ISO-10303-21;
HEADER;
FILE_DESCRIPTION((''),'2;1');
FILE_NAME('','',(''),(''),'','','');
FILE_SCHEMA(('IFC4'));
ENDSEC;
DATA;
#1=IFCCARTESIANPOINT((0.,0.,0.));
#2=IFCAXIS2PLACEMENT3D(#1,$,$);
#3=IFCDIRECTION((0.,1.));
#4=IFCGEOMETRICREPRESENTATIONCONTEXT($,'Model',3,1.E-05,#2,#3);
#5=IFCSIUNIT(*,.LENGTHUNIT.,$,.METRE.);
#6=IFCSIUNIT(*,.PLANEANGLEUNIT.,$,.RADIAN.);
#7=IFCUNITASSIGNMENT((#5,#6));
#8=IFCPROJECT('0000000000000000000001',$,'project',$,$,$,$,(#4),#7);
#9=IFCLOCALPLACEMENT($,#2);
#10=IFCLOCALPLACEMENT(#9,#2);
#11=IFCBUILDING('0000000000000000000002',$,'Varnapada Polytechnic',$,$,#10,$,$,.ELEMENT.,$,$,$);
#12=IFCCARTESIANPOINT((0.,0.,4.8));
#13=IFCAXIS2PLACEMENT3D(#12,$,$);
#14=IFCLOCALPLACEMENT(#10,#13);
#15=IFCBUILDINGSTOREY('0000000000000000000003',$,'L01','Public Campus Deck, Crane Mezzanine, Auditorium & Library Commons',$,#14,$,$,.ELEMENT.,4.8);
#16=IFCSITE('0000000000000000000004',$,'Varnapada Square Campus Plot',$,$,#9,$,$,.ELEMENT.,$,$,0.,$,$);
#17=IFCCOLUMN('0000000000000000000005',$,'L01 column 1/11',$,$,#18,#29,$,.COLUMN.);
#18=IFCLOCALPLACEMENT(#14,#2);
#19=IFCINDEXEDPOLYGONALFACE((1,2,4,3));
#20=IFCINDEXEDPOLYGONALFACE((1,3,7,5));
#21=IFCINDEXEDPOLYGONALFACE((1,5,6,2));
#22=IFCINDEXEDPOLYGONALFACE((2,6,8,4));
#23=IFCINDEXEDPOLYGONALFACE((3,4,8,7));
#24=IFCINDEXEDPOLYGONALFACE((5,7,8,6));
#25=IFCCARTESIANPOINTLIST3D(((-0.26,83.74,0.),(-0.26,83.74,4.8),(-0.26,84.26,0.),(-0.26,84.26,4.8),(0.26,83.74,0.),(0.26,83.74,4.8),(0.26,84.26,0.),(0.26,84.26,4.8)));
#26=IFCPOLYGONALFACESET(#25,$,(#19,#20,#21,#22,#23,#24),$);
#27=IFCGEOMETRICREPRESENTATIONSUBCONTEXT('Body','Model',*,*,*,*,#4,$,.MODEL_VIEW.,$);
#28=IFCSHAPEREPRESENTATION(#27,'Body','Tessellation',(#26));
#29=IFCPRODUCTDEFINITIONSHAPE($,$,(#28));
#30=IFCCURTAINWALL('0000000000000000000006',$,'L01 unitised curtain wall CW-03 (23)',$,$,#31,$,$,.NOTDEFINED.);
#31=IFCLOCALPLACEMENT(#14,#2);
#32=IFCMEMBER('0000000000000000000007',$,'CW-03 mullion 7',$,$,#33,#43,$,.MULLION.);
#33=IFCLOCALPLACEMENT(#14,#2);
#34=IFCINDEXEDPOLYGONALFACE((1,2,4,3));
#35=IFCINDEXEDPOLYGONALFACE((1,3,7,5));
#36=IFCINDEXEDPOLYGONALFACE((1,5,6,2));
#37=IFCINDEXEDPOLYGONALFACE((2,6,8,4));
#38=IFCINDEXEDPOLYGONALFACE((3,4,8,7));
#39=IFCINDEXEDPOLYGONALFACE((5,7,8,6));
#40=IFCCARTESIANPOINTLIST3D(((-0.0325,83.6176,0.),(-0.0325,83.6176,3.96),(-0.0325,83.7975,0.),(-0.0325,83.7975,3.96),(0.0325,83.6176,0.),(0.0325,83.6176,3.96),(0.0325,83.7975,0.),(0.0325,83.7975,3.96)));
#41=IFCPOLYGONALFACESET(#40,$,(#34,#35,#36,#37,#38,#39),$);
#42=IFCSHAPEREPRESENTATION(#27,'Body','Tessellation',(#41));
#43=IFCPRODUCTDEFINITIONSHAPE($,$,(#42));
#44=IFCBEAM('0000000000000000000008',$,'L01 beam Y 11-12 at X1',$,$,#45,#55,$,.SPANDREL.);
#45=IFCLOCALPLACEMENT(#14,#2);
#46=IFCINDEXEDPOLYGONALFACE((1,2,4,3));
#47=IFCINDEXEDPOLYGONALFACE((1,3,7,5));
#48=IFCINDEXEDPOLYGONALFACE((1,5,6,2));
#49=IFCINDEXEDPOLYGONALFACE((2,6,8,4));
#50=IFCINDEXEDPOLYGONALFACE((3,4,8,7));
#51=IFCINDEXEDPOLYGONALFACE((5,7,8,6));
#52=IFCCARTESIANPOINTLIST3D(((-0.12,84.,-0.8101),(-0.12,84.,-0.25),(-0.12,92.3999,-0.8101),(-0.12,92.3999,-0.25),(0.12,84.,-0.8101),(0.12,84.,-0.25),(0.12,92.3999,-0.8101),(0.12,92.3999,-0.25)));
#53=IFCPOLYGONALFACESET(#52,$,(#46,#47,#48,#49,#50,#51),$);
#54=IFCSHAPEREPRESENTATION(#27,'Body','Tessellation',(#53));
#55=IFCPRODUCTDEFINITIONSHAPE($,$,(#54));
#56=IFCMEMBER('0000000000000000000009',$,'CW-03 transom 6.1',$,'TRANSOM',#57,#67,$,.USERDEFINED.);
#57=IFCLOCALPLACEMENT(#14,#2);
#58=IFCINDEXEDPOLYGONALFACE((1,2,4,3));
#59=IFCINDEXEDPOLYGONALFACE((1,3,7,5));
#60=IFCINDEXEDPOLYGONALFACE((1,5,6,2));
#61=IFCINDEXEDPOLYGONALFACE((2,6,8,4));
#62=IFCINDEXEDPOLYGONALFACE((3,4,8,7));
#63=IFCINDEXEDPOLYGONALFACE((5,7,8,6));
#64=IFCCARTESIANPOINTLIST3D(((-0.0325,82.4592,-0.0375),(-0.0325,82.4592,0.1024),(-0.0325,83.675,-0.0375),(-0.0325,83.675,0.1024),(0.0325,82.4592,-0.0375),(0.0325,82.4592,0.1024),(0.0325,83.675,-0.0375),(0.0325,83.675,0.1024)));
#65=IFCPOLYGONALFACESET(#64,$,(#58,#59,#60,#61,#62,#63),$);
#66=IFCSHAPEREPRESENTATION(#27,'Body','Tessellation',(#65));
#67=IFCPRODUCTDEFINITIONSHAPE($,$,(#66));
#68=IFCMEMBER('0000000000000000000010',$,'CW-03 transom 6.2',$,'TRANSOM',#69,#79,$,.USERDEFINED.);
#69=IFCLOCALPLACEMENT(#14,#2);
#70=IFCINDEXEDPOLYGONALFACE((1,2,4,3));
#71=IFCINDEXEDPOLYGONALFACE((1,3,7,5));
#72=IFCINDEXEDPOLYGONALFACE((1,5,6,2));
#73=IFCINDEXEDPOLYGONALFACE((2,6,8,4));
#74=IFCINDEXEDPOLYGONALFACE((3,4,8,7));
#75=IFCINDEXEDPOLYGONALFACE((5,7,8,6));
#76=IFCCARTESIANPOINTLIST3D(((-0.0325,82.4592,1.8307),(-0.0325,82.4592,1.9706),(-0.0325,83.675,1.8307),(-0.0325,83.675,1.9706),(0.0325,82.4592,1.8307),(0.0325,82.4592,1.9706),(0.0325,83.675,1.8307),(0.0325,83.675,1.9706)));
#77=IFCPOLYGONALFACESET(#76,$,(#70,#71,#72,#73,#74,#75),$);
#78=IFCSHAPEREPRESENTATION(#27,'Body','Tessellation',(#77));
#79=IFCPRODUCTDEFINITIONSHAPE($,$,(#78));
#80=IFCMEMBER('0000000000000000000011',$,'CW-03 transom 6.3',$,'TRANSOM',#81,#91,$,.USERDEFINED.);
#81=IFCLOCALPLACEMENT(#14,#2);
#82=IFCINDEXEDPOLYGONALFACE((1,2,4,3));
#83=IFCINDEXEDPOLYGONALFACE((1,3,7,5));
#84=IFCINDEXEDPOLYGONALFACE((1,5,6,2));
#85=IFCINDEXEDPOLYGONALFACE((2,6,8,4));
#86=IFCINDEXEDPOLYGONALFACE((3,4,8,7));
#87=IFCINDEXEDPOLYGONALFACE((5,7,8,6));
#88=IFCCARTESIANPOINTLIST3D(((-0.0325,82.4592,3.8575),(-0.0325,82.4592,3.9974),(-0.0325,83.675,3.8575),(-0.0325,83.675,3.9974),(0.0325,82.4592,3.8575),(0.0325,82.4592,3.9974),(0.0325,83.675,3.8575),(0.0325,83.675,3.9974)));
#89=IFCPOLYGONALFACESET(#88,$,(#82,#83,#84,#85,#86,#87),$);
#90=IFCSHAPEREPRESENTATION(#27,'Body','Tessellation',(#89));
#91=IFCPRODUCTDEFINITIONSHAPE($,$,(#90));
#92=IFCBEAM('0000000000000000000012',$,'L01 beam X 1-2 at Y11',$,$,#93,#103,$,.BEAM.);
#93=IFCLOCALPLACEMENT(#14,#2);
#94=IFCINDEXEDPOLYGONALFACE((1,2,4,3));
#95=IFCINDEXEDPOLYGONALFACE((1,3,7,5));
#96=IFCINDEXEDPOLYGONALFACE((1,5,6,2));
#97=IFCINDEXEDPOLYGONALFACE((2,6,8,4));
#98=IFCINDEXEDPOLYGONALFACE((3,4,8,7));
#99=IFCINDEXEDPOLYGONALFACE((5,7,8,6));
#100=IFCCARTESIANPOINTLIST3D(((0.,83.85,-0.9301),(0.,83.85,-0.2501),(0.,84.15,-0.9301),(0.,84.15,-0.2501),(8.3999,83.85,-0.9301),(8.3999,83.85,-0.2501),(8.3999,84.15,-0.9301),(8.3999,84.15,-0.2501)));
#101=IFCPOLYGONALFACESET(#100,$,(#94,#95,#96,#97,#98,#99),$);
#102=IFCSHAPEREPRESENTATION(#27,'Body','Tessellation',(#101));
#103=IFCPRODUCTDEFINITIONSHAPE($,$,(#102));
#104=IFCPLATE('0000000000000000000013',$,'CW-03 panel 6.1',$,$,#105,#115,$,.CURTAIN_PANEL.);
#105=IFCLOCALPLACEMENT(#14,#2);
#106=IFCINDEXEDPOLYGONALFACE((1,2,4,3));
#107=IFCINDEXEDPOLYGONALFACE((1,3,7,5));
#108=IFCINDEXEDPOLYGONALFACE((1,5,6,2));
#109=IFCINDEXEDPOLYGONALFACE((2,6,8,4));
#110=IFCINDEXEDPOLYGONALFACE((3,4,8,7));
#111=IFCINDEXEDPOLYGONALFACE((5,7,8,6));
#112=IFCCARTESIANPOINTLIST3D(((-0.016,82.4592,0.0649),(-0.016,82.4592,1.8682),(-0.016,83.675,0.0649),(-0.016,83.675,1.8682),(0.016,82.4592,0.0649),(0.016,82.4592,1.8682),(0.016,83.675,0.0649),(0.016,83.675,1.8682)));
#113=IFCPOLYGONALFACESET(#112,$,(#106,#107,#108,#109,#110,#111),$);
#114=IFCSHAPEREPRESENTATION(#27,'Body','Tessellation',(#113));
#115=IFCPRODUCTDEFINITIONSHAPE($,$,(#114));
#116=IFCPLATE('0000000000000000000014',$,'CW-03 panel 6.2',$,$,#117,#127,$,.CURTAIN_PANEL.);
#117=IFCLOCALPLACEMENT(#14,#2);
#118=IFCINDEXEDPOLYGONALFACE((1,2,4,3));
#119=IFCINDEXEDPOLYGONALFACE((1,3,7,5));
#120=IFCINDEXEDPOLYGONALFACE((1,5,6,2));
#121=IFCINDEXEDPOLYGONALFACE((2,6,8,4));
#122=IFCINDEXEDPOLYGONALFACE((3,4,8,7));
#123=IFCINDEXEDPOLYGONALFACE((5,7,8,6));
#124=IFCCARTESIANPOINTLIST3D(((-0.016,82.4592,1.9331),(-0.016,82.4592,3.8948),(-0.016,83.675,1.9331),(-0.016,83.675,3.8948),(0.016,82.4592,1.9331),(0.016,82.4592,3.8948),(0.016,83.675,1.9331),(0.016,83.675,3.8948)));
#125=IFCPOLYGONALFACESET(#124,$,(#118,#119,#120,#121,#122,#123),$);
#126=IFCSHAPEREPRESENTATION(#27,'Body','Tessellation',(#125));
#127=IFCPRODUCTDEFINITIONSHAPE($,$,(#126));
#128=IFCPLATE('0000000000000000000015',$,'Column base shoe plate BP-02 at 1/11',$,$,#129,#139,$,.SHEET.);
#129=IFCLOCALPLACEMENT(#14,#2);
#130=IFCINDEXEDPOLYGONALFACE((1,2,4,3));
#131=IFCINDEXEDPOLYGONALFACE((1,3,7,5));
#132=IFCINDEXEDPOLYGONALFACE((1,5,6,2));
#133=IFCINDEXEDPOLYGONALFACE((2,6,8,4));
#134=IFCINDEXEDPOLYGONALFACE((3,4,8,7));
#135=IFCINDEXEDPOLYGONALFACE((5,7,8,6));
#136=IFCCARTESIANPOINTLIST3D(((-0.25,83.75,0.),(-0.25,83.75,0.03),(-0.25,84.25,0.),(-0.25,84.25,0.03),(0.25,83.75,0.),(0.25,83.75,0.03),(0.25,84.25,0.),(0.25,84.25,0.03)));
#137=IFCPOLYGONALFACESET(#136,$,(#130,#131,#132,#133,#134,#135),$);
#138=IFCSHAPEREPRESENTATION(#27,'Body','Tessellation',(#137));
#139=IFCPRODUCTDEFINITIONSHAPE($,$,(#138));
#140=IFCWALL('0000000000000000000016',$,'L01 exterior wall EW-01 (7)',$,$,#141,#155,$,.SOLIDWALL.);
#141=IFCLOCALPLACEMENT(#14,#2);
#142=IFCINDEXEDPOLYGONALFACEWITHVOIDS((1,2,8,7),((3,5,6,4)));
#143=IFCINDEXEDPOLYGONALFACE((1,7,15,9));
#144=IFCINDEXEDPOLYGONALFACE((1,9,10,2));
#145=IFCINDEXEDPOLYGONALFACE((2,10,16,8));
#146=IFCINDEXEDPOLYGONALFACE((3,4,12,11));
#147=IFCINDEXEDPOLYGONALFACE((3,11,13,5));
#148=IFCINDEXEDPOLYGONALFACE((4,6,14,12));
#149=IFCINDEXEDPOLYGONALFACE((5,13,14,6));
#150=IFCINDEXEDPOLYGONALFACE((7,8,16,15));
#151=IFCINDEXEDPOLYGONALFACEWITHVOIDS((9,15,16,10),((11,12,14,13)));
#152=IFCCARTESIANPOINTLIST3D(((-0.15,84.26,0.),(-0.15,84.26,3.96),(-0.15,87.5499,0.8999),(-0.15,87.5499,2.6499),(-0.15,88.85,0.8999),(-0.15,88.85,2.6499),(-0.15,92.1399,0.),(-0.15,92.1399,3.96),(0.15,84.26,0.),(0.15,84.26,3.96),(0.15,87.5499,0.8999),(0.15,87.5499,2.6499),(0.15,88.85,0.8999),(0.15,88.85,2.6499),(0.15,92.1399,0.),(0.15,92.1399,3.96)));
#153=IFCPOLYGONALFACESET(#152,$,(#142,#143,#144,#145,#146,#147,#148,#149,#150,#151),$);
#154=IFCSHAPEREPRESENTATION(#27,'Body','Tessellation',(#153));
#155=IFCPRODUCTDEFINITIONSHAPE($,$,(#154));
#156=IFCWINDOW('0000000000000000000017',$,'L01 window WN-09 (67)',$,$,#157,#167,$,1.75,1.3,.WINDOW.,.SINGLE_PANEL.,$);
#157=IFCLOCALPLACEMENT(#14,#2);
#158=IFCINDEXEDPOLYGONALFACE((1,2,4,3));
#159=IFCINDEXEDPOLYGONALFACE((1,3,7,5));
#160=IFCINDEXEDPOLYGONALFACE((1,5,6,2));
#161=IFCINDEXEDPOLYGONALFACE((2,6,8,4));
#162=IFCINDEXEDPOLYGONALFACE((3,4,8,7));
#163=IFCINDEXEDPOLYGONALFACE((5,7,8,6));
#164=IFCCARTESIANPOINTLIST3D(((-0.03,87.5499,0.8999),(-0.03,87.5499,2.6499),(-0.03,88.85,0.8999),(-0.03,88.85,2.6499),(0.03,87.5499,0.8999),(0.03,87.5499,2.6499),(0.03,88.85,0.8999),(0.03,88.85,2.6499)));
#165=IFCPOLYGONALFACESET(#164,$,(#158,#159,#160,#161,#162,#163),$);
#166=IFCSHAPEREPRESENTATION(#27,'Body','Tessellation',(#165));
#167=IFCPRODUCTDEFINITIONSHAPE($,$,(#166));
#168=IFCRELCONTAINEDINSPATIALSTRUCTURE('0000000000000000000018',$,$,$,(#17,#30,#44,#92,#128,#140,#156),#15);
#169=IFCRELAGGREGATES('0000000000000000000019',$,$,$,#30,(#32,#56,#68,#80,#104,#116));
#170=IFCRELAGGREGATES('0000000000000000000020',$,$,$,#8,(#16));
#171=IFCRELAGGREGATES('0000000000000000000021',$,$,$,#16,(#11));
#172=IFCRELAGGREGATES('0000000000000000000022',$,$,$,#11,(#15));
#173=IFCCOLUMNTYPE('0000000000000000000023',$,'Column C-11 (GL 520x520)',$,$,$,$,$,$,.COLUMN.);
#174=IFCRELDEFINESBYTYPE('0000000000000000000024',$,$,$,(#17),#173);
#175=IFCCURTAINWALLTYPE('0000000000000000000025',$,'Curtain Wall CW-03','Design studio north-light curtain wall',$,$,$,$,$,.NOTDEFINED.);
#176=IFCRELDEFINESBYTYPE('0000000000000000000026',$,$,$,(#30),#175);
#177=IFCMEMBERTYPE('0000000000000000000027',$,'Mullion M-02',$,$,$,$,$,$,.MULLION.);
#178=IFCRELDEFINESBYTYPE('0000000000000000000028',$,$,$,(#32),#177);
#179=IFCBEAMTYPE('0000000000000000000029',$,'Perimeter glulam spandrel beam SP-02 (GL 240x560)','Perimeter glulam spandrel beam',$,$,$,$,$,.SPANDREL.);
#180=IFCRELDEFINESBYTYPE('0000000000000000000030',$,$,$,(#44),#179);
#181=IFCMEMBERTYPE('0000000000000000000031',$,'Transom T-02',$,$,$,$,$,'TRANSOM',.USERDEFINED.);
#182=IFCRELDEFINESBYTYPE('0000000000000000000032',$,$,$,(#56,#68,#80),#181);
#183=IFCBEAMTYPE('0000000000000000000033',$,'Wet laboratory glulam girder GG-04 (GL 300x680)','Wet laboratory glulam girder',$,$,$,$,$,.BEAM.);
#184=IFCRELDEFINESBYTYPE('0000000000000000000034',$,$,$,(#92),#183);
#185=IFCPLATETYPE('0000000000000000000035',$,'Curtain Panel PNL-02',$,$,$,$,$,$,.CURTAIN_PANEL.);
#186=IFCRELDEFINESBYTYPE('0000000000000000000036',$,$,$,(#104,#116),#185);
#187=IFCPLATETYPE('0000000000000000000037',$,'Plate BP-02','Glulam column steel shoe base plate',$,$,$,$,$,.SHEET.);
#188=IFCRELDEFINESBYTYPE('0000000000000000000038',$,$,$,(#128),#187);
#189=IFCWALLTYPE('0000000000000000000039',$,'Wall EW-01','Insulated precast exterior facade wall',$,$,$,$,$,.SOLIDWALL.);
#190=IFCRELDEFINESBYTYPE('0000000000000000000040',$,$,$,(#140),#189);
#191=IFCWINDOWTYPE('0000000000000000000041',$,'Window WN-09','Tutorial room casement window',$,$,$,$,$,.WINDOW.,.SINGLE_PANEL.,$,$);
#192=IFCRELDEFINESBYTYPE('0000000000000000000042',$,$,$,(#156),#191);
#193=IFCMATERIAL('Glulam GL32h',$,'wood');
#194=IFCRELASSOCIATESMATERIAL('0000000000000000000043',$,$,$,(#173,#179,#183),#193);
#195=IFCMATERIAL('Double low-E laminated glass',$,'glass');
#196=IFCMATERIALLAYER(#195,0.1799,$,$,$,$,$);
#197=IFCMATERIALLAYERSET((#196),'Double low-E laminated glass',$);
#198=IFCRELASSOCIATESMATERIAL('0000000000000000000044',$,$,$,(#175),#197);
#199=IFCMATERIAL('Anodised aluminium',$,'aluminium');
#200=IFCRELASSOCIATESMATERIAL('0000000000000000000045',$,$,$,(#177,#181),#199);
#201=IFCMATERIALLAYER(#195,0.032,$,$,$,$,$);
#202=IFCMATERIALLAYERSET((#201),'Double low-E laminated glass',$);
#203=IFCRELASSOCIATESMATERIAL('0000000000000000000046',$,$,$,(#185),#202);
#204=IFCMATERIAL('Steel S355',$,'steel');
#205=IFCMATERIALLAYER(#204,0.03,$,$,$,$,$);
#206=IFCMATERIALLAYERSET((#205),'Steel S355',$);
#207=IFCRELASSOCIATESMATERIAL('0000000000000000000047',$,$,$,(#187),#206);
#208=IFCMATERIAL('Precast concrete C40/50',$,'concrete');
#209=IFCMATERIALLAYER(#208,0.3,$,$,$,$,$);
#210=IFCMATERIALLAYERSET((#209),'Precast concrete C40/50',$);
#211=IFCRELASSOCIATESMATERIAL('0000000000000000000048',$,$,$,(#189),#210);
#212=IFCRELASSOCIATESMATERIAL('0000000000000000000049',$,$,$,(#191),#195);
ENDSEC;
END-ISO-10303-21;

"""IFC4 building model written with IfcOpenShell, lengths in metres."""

from ifc_helpers import new_model, si_unit, direction, frame, frame_2d, origin, origin_2d, place, context, subcontext, project, spatial, rectangle, extrude, material, layer, layer_set, material_profile, profile_set, type_object, element, fill, aggregate, save


model = new_model("IFC4")

# Units and contexts
model_context = context("Model", 3, precision=1e-05, world=origin(), true_north=direction((0.0, 1.0)))
body_context = subcontext(model_context, "Body", "Model", "MODEL_VIEW")
ifc_project = project(units=[si_unit("LENGTHUNIT", "METRE"), si_unit("PLANEANGLEUNIT", "RADIAN")], contexts=[model_context])

# Site, building, storey
site_placement = place(None, origin())
site = spatial("IfcSite", under=ifc_project, at=site_placement, Name="Varnapada Square Campus Plot", CompositionType="ELEMENT", RefElevation=0.0)
building_placement = place(site_placement, origin())
building = spatial("IfcBuilding", under=site, at=building_placement, Name="Varnapada Polytechnic", CompositionType="ELEMENT")
storey_placement = place(building_placement, frame((0.0, 0.0, 4.8)))
storey = spatial("IfcBuildingStorey", under=building, at=storey_placement, Name="L01", Description="Public Campus Deck, Crane Mezzanine, Auditorium & Library Commons", CompositionType="ELEMENT", Elevation=4.8)

# Column
ifc_material_1 = material(Name="Glulam GL32h", Category="wood")
ifc_material_profile_1 = material_profile(ifc_material_1, rectangle(XDim=0.52, YDim=0.52, at=origin_2d()), Name="GL 520x520")
ifc_profile_set_1 = profile_set([ifc_material_profile_1], Name="Glulam GL32h")
column_type = type_object("IfcColumnType", Name="Column C-11 (GL 520x520)", PredefinedType="COLUMN", material=ifc_profile_set_1)
column_placement = place(storey_placement, frame((0.0, 84.0, 0.0), z_axis=(0.0, 0.0, 1.0), x_axis=(1.0, 0.0, 0.0)))
element("IfcColumn", 1, at=column_placement, inside=storey, type_object=column_type, Name="L01 column 1/11", PredefinedType="COLUMN", context=body_context, shape_type="SweptSolid", body=[
    extrude(rectangle(XDim=0.52, YDim=0.52, at=origin_2d()), origin(), (0.0, 0.0, 1.0), 4.8),
])

# Curtain wall, member
ifc_material_2 = material(Name="Double low-E laminated glass", Category="glass")
ifc_layer_1 = layer(ifc_material_2, 0.1799)
ifc_layer_set_1 = layer_set([ifc_layer_1], Name="Double low-E laminated glass")
curtain_wall_type = type_object("IfcCurtainWallType", Name="Curtain Wall CW-03", Description="Design studio north-light curtain wall", PredefinedType="NOTDEFINED", material=ifc_layer_set_1)
curtain_wall_placement = place(storey_placement, origin())
curtain_wall = element("IfcCurtainWall", 2, at=curtain_wall_placement, inside=storey, type_object=curtain_wall_type, Name="L01 unitised curtain wall CW-03 (23)", PredefinedType="NOTDEFINED")
ifc_material_3 = material(Name="Anodised aluminium", Category="aluminium")
ifc_material_profile_2 = material_profile(ifc_material_3, rectangle(XDim=0.0649, YDim=0.1799, at=origin_2d()), Name="ALU M65x180")
ifc_profile_set_2 = profile_set([ifc_material_profile_2], Name="Anodised aluminium")
member_type_1 = type_object("IfcMemberType", Name="Mullion M-02", PredefinedType="MULLION", material=ifc_profile_set_2)
member_1_placement = place(storey_placement, frame((0.0, 83.7075, 0.0), z_axis=(0.0, 0.0, 1.0), x_axis=(-1.0, 0.0, 0.0)))
member_1 = element("IfcMember", 3, at=member_1_placement, type_object=member_type_1, Name="CW-03 mullion 7", PredefinedType="MULLION", context=body_context, shape_type="SweptSolid", body=[
    extrude(rectangle(XDim=0.0649, YDim=0.1799, at=origin_2d()), origin(), (0.0, 0.0, 1.0), 3.96),
])

# Beam
ifc_material_profile_3 = material_profile(ifc_material_1, rectangle(XDim=0.24, YDim=0.5601, at=origin_2d()), Name="GL 240x560")
ifc_profile_set_3 = profile_set([ifc_material_profile_3], Name="Glulam GL32h")
beam_type_1 = type_object("IfcBeamType", Name="Perimeter glulam spandrel beam SP-02 (GL 240x560)", Description="Perimeter glulam spandrel beam", PredefinedType="SPANDREL", material=ifc_profile_set_3)
beam_1_placement = place(storey_placement, frame((0.0, 84.0, -0.53), z_axis=(0.0, 1.0, 0.0), x_axis=(-1.0, 0.0, 0.0)))
element("IfcBeam", 4, at=beam_1_placement, inside=storey, type_object=beam_type_1, Name="L01 beam Y 11-12 at X1", PredefinedType="SPANDREL", context=body_context, shape_type="SweptSolid", body=[
    extrude(rectangle(XDim=0.24, YDim=0.5601, at=origin_2d()), origin(), (0.0, 0.0, 1.0), 8.3999),
])

# Members
ifc_material_profile_4 = material_profile(ifc_material_3, rectangle(XDim=0.0649, YDim=0.1399, at=origin_2d()), Name="ALU T65x140")
ifc_profile_set_4 = profile_set([ifc_material_profile_4], Name="Anodised aluminium")
member_type_2 = type_object("IfcMemberType", Name="Transom T-02", ElementType="TRANSOM", PredefinedType="USERDEFINED", material=ifc_profile_set_4)
member_2_placement = place(storey_placement, frame((0.0, 82.4592, 0.0325), z_axis=(0.0, 1.0, 0.0), x_axis=(-1.0, 0.0, 0.0)))
member_2 = element("IfcMember", 5, at=member_2_placement, type_object=member_type_2, Name="CW-03 transom 6.1", ObjectType="TRANSOM", PredefinedType="USERDEFINED", context=body_context, shape_type="SweptSolid", body=[
    extrude(rectangle(XDim=0.0649, YDim=0.1399, at=origin_2d()), origin(), (0.0, 0.0, 1.0), 1.2158),
])
member_3_placement = place(storey_placement, frame((0.0, 82.4592, 1.9006), z_axis=(0.0, 1.0, 0.0), x_axis=(-1.0, 0.0, 0.0)))
member_3 = element("IfcMember", 6, at=member_3_placement, type_object=member_type_2, Name="CW-03 transom 6.2", ObjectType="TRANSOM", PredefinedType="USERDEFINED", context=body_context, shape_type="SweptSolid", body=[
    extrude(rectangle(XDim=0.0649, YDim=0.1399, at=origin_2d()), origin(), (0.0, 0.0, 1.0), 1.2158),
])
member_4_placement = place(storey_placement, frame((0.0, 82.4592, 3.9275), z_axis=(0.0, 1.0, 0.0), x_axis=(-1.0, 0.0, 0.0)))
member_4 = element("IfcMember", 7, at=member_4_placement, type_object=member_type_2, Name="CW-03 transom 6.3", ObjectType="TRANSOM", PredefinedType="USERDEFINED", context=body_context, shape_type="SweptSolid", body=[
    extrude(rectangle(XDim=0.0649, YDim=0.1399, at=origin_2d()), origin(), (0.0, 0.0, 1.0), 1.2158),
])

# Beam
ifc_material_profile_5 = material_profile(ifc_material_1, rectangle(XDim=0.3, YDim=0.6799, at=origin_2d()), Name="GL 300x680")
ifc_profile_set_5 = profile_set([ifc_material_profile_5], Name="Glulam GL32h")
beam_type_2 = type_object("IfcBeamType", Name="Wet laboratory glulam girder GG-04 (GL 300x680)", Description="Wet laboratory glulam girder", PredefinedType="BEAM", material=ifc_profile_set_5)
beam_2_placement = place(storey_placement, frame((0.0, 84.0, -0.5901), z_axis=(1.0, 0.0, 0.0), x_axis=(0.0, 1.0, 0.0)))
element("IfcBeam", 8, at=beam_2_placement, inside=storey, type_object=beam_type_2, Name="L01 beam X 1-2 at Y11", PredefinedType="BEAM", context=body_context, shape_type="SweptSolid", body=[
    extrude(rectangle(XDim=0.3, YDim=0.6799, at=origin_2d()), origin(), (0.0, 0.0, 1.0), 8.3999),
])

# Plates
ifc_layer_2 = layer(ifc_material_2, 0.032)
ifc_layer_set_2 = layer_set([ifc_layer_2], Name="Double low-E laminated glass")
plate_type_1 = type_object("IfcPlateType", Name="Curtain Panel PNL-02", PredefinedType="CURTAIN_PANEL", material=ifc_layer_set_2)
plate_1_placement = place(storey_placement, frame((0.0, 83.0671, 0.0649), z_axis=(0.0, 0.0, 1.0), x_axis=(0.0, 1.0, 0.0)))
plate_1 = element("IfcPlate", 9, at=plate_1_placement, type_object=plate_type_1, Name="CW-03 panel 6.1", PredefinedType="CURTAIN_PANEL", context=body_context, shape_type="SweptSolid", body=[
    extrude(rectangle(XDim=1.2158, YDim=0.032, at=origin_2d()), origin(), (0.0, 0.0, 1.0), 1.8032),
])
plate_2_placement = place(storey_placement, frame((0.0, 83.0671, 1.9331), z_axis=(0.0, 0.0, 1.0), x_axis=(0.0, 1.0, 0.0)))
plate_2 = element("IfcPlate", 10, at=plate_2_placement, type_object=plate_type_1, Name="CW-03 panel 6.2", PredefinedType="CURTAIN_PANEL", context=body_context, shape_type="SweptSolid", body=[
    extrude(rectangle(XDim=1.2158, YDim=0.032, at=origin_2d()), origin(), (0.0, 0.0, 1.0), 1.9617),
])
aggregate(curtain_wall, [member_1, member_2, member_3, member_4, plate_1, plate_2])
ifc_material_4 = material(Name="Steel S355", Category="steel")
ifc_layer_3 = layer(ifc_material_4, 0.03)
ifc_layer_set_3 = layer_set([ifc_layer_3], Name="Steel S355")
plate_type_2 = type_object("IfcPlateType", Name="Plate BP-02", Description="Glulam column steel shoe base plate", PredefinedType="SHEET", material=ifc_layer_set_3)
plate_3_placement = place(storey_placement, frame((0.0, 84.0, 0.0), z_axis=(0.0, 0.0, 1.0), x_axis=(1.0, 0.0, 0.0)))
element("IfcPlate", 11, at=plate_3_placement, inside=storey, type_object=plate_type_2, Name="Column base shoe plate BP-02 at 1/11", PredefinedType="SHEET", context=body_context, shape_type="SweptSolid", body=[
    extrude(rectangle(XDim=0.5, YDim=0.5, at=origin_2d()), origin(), (0.0, 0.0, 1.0), 0.03),
])

# Wall, opening, window
ifc_material_5 = material(Name="Precast concrete C40/50", Category="concrete")
ifc_layer_4 = layer(ifc_material_5, 0.3)
ifc_layer_set_4 = layer_set([ifc_layer_4], Name="Precast concrete C40/50")
wall_type = type_object("IfcWallType", Name="Wall EW-01", Description="Insulated precast exterior facade wall", PredefinedType="SOLIDWALL", material=ifc_layer_set_4)
wall_placement = place(storey_placement, frame((0.0, 84.26, 0.0), z_axis=(0.0, 0.0, 1.0), x_axis=(0.0, 1.0, 0.0)))
wall = element("IfcWall", 12, at=wall_placement, inside=storey, type_object=wall_type, Name="L01 exterior wall EW-01 (7)", PredefinedType="SOLIDWALL", context=body_context, shape_type="SweptSolid", body=[
    extrude(rectangle(XDim=7.8799, YDim=0.3, at=frame_2d((3.9399, 0.0))), origin(), (0.0, 0.0, 1.0), 3.96),
])
opening_1_placement = place(wall_placement, frame((3.29, 0.0, 0.8999)))
opening_1 = element("IfcOpeningElement", 13, at=opening_1_placement, cuts=wall, PredefinedType="OPENING", context=body_context, shape_type="SweptSolid", body=[
    extrude(rectangle(XDim=1.3, YDim=1.75, at=frame_2d((0.6499, 0.875))), frame((0.0, 0.1599, 0.0), z_axis=(0.0, -1.0, 0.0), x_axis=(1.0, 0.0, 0.0)), (0.0, 0.0, 1.0), 0.3201),
])
window_type = type_object("IfcWindowType", Name="Window WN-09", Description="Tutorial room casement window", PartitioningType="SINGLE_PANEL", PredefinedType="WINDOW", material=ifc_material_2)
window_placement = place(opening_1_placement, origin())
window = element("IfcWindow", 14, at=window_placement, inside=storey, type_object=window_type, Name="L01 window WN-09 (67)", OverallHeight=1.75, OverallWidth=1.3, PartitioningType="SINGLE_PANEL", PredefinedType="WINDOW", context=body_context, shape_type="SweptSolid", body=[
    extrude(rectangle(XDim=1.3, YDim=1.75, at=frame_2d((0.6499, 0.875))), frame((0.0, 0.03, 0.0), z_axis=(0.0, -1.0, 0.0), x_axis=(1.0, 0.0, 0.0)), (0.0, 0.0, 1.0), 0.0601),
])
fill(opening_1, window)

save(model, "model.ifc")
